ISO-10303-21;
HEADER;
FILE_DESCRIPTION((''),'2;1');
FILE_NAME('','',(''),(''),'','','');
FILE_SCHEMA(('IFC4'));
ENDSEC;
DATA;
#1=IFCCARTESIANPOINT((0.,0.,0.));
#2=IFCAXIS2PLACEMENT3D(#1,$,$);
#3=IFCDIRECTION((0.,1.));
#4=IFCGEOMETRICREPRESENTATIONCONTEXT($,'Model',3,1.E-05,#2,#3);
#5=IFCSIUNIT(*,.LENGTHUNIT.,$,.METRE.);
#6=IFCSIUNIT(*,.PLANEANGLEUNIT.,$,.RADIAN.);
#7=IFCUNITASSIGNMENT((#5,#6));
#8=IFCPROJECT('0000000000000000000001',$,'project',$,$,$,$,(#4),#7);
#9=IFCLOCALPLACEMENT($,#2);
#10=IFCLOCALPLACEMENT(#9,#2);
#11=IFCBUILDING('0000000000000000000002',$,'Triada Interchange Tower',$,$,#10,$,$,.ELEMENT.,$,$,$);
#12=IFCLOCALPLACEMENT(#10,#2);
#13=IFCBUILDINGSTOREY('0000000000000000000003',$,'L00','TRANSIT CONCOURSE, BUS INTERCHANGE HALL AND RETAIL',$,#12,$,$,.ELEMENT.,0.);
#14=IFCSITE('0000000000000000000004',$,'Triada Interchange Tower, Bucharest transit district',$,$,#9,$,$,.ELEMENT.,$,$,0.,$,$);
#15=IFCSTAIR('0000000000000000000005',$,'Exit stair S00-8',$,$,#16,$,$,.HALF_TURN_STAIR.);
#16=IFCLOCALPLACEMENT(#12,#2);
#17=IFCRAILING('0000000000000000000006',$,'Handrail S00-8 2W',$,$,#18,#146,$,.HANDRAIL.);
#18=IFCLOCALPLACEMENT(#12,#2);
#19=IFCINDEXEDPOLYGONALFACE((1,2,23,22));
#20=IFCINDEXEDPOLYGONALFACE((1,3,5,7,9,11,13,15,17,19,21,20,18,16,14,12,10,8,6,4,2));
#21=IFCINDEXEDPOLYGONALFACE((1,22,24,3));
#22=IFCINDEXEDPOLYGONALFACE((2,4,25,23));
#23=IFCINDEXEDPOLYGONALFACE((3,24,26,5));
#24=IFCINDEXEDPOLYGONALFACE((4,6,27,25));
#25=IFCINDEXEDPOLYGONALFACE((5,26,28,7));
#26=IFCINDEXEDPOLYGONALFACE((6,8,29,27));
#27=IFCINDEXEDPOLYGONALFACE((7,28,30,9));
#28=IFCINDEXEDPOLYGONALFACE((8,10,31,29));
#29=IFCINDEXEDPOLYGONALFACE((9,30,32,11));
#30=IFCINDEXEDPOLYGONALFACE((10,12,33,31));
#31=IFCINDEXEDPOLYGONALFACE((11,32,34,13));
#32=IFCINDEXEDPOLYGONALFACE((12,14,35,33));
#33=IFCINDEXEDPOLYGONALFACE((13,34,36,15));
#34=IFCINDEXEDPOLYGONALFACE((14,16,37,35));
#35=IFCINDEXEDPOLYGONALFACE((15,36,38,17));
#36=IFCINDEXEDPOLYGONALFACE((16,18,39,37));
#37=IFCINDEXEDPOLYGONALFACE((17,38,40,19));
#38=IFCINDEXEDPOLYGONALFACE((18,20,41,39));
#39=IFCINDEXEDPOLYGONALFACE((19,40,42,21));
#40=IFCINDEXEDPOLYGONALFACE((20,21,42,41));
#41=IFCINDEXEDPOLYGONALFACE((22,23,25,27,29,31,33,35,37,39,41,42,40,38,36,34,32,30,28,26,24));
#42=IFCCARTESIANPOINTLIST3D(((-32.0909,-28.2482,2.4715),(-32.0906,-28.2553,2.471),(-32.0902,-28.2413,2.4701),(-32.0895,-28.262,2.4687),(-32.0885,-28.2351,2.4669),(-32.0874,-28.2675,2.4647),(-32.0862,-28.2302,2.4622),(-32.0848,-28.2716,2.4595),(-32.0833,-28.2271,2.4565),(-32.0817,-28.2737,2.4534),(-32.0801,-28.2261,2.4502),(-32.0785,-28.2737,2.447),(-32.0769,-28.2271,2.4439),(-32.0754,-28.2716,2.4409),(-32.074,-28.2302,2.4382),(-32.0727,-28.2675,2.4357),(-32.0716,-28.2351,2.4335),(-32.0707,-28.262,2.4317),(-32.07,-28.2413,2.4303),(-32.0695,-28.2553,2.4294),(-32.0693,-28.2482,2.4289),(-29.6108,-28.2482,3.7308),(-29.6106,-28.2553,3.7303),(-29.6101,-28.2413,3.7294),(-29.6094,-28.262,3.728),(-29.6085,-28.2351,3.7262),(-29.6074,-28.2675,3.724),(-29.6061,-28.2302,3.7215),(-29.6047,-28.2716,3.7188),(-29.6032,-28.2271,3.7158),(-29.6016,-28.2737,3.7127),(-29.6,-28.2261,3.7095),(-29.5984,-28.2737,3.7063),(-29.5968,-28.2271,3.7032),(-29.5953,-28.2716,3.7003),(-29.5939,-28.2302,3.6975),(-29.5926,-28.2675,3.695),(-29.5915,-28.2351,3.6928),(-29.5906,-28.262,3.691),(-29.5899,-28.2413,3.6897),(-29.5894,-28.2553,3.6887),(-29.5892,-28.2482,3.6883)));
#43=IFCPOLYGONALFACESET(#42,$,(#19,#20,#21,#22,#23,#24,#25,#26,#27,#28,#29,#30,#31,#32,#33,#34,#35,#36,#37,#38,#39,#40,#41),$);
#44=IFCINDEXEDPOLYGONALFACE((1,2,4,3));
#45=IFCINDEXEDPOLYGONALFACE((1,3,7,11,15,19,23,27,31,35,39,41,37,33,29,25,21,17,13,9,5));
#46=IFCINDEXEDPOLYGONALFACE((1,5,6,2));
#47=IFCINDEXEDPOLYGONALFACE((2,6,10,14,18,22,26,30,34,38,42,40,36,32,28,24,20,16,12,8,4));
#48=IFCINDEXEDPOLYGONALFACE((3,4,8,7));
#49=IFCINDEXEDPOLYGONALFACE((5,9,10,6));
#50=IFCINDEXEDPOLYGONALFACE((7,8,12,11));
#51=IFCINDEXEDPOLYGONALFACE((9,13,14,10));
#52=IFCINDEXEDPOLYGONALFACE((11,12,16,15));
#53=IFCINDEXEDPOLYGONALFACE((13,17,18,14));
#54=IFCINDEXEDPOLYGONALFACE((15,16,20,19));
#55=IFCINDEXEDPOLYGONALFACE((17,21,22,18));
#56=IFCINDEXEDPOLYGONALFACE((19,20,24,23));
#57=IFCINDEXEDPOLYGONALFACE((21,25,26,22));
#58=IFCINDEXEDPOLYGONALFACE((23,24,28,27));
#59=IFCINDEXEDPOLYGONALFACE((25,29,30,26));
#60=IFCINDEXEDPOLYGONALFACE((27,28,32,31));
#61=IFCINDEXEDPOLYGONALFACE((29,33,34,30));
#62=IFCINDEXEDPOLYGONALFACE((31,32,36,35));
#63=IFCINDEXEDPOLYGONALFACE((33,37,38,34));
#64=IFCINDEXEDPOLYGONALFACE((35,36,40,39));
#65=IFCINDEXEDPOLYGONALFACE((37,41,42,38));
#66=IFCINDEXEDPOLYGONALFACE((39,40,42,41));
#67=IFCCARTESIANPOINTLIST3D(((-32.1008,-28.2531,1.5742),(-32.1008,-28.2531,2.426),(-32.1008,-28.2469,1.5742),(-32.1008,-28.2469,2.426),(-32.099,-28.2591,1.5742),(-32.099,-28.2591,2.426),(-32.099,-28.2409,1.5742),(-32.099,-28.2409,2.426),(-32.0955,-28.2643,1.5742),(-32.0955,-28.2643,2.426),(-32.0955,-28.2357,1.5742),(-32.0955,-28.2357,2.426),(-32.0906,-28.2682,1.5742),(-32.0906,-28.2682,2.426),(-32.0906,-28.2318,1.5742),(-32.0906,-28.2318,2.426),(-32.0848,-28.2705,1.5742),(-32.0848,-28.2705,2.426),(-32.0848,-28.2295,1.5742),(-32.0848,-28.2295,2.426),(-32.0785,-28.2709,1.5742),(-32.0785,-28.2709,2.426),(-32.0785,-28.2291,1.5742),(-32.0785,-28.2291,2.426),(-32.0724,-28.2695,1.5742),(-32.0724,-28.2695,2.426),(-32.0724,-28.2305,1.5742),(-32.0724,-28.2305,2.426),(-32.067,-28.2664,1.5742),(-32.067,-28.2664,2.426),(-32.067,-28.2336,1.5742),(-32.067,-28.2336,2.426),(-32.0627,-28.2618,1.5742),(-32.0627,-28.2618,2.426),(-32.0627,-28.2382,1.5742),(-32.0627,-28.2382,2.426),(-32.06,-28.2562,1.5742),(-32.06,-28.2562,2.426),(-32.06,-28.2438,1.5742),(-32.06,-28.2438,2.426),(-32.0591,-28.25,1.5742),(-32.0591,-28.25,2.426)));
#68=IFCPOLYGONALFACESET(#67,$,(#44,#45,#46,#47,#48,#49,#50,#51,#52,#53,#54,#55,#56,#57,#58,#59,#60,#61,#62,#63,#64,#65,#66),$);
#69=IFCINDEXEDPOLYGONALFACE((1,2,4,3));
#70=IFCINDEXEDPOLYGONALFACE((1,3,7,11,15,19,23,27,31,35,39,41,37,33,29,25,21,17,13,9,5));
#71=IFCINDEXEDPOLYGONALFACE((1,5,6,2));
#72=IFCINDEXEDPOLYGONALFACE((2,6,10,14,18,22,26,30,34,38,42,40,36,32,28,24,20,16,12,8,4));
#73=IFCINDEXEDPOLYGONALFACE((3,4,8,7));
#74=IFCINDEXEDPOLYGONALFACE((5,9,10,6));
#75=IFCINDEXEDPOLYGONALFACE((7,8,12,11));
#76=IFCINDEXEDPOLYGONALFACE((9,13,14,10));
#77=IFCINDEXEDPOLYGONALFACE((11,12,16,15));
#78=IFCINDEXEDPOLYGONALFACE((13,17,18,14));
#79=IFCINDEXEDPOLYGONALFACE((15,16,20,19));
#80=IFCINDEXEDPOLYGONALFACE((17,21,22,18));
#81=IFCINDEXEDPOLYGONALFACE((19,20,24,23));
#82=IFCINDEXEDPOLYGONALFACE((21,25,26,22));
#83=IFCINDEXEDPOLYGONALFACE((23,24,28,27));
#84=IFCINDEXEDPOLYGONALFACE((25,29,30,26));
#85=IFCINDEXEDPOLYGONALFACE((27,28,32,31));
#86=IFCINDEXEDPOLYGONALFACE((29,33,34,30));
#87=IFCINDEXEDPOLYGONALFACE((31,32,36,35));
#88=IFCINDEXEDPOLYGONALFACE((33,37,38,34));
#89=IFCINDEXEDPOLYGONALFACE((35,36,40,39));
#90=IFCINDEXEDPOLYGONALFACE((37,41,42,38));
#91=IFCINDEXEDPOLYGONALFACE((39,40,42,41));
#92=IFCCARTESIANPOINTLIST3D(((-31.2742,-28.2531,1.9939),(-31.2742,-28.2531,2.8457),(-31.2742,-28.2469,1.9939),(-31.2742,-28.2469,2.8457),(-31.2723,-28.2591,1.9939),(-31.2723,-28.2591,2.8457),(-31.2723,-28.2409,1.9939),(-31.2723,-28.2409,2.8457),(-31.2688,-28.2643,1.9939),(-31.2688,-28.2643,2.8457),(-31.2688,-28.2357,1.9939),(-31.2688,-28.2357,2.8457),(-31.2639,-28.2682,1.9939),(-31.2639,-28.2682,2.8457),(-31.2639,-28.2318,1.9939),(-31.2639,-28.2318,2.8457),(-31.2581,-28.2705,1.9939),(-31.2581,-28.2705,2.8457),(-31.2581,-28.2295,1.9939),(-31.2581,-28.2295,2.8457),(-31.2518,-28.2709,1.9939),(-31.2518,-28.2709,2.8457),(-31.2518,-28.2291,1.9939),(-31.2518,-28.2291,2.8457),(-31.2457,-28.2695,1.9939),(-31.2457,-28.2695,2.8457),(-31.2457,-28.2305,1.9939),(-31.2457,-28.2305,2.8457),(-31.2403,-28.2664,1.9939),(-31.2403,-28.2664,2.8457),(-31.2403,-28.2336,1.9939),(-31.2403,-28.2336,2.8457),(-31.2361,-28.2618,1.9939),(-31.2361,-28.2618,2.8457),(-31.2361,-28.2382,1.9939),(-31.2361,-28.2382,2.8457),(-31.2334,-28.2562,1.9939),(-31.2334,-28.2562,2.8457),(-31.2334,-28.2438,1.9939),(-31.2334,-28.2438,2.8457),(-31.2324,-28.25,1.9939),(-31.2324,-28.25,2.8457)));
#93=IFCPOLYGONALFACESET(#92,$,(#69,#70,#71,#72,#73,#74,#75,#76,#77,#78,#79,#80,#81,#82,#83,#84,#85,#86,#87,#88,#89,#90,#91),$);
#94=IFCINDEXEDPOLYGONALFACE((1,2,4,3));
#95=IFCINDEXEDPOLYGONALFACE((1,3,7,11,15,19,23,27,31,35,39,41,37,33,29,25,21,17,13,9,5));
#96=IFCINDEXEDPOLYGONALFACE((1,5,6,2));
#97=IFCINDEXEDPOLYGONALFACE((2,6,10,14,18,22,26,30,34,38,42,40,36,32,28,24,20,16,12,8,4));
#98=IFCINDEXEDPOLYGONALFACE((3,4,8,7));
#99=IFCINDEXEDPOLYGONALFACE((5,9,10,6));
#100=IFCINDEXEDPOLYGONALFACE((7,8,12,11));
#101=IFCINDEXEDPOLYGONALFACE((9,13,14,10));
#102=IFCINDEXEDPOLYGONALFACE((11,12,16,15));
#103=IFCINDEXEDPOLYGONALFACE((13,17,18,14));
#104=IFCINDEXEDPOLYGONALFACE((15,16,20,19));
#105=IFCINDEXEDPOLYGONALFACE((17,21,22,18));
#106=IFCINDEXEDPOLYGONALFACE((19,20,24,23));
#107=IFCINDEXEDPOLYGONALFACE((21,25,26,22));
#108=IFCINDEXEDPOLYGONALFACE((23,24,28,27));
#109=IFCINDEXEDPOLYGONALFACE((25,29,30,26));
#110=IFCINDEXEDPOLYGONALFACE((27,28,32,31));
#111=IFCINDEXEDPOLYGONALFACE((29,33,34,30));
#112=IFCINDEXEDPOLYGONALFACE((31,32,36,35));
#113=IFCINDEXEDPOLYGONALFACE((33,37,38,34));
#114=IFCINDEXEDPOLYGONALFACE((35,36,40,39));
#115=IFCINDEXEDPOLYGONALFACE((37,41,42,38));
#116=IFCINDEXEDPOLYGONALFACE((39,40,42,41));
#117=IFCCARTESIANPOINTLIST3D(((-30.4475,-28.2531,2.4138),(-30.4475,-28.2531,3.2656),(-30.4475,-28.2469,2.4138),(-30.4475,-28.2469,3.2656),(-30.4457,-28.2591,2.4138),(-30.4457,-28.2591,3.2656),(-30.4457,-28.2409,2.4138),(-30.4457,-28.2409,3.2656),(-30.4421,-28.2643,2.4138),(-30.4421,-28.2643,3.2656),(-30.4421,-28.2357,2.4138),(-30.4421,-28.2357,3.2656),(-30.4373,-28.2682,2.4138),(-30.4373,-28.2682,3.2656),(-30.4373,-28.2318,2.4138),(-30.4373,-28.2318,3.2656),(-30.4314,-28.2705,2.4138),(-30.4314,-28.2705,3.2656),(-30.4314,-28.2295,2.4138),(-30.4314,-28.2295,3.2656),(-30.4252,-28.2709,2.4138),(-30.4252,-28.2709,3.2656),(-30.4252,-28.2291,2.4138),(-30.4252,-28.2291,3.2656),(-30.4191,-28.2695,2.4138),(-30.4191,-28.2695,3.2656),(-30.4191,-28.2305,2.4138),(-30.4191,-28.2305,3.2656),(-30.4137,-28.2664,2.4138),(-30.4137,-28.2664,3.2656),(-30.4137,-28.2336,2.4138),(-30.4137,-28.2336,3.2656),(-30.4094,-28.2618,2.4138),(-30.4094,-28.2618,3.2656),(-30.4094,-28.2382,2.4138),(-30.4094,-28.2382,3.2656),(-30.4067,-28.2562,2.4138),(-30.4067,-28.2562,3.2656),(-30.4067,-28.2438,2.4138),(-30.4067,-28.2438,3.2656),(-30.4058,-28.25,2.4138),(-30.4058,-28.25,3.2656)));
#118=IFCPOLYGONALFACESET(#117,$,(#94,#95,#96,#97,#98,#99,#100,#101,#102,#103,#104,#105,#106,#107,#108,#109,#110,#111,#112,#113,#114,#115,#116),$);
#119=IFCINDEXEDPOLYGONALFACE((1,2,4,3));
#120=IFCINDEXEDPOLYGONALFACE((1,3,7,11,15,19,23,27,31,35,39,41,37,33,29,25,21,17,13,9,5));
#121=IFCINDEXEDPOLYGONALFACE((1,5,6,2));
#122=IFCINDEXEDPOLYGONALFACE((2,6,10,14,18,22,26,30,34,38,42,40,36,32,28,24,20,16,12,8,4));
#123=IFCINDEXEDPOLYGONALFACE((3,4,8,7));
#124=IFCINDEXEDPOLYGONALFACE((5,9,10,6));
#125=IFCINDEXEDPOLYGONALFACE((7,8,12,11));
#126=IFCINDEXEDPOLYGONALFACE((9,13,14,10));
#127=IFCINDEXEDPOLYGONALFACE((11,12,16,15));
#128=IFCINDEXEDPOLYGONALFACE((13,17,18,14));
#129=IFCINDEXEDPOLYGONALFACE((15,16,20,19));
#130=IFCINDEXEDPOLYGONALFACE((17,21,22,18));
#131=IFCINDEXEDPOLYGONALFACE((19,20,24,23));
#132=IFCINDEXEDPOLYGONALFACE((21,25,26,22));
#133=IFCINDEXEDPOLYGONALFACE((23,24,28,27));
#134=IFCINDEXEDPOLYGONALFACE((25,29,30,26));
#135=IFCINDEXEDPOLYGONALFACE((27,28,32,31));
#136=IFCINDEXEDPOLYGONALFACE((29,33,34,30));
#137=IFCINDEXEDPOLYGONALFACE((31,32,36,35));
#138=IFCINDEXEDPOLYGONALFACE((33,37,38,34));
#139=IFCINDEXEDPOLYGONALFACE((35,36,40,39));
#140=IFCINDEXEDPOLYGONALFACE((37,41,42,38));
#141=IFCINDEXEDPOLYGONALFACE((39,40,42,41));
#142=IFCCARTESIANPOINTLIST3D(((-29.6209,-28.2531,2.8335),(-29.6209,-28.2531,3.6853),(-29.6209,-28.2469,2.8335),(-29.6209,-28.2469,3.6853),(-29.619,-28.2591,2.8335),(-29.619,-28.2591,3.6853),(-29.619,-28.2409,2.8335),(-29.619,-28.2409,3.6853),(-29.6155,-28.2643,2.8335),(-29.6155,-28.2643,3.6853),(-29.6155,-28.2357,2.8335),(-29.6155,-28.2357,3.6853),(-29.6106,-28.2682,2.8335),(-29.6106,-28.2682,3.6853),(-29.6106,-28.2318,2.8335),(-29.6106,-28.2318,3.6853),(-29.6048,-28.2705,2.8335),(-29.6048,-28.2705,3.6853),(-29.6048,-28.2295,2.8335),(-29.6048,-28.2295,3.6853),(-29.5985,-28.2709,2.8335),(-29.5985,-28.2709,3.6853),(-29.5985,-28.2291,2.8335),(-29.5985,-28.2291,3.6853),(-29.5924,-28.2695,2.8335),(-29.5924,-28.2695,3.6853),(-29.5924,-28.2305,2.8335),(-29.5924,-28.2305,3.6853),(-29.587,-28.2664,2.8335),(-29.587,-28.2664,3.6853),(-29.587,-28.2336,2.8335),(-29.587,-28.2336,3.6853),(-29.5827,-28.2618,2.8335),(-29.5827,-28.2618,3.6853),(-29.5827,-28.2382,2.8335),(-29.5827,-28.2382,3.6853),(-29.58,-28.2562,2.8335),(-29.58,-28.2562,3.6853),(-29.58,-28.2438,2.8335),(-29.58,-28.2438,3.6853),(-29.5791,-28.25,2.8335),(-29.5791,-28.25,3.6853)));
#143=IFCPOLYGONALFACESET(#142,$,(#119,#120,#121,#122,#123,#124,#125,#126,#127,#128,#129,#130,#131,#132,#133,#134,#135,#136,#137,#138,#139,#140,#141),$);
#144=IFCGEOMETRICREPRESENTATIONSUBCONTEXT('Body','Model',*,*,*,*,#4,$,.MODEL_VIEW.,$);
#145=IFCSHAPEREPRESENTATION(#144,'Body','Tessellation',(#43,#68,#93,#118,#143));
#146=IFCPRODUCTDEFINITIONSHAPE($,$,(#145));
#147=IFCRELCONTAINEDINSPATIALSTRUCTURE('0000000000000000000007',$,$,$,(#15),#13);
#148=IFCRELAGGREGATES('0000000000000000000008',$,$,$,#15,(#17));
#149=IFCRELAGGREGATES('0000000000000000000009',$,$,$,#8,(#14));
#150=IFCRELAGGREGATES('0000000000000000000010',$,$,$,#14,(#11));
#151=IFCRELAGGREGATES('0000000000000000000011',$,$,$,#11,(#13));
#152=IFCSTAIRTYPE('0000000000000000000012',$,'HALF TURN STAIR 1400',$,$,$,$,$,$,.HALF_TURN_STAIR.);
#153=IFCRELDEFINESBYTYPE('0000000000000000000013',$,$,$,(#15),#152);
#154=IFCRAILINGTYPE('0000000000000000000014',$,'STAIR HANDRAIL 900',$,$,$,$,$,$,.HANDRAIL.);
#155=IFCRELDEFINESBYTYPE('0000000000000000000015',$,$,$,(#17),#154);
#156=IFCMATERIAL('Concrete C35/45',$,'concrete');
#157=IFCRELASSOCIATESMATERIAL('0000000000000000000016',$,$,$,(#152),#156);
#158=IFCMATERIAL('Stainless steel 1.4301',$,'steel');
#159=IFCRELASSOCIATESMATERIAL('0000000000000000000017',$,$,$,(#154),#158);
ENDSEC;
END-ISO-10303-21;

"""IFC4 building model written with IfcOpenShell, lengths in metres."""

from ifc_helpers import new_model, si_unit, direction, frame, origin, origin_2d, place, context, subcontext, project, spatial, circle, extrude, material, type_object, element, aggregate, save


model = new_model("IFC4")

# Units and contexts
model_context = context("Model", 3, precision=1e-05, world=origin(), true_north=direction((0.0, 1.0)))
body_context = subcontext(model_context, "Body", "Model", "MODEL_VIEW")
ifc_project = project(units=[si_unit("LENGTHUNIT", "METRE"), si_unit("PLANEANGLEUNIT", "RADIAN")], contexts=[model_context])

# Site, building, storey
site_placement = place(None, origin())
site = spatial("IfcSite", under=ifc_project, at=site_placement, Name="Triada Interchange Tower, Bucharest transit district", CompositionType="ELEMENT", RefElevation=0.0)
building_placement = place(site_placement, origin())
building = spatial("IfcBuilding", under=site, at=building_placement, Name="Triada Interchange Tower", CompositionType="ELEMENT")
storey_placement = place(building_placement, origin())
storey = spatial("IfcBuildingStorey", under=building, at=storey_placement, Name="L00", Description="TRANSIT CONCOURSE, BUS INTERCHANGE HALL AND RETAIL", CompositionType="ELEMENT", Elevation=0.0)

# Stair, railing
ifc_material_1 = material(Name="Concrete C35/45", Category="concrete")
stair_type = type_object("IfcStairType", Name="HALF TURN STAIR 1400", PredefinedType="HALF_TURN_STAIR", material=ifc_material_1)
stair_placement = place(storey_placement, origin())
stair = element("IfcStair", 1, at=stair_placement, inside=storey, type_object=stair_type, Name="Exit stair S00-8", PredefinedType="HALF_TURN_STAIR")
ifc_material_2 = material(Name="Stainless steel 1.4301", Category="steel")
railing_type = type_object("IfcRailingType", Name="STAIR HANDRAIL 900", PredefinedType="HANDRAIL", material=ifc_material_2)
railing_1_placement = place(storey_placement, frame((-32.0801, -28.25, 1.5742)))
railing_1 = element("IfcRailing", 2, at=railing_1_placement, type_object=railing_type, Name="Handrail S00-8 2W", PredefinedType="HANDRAIL", context=body_context, shape_type="SweptSolid", body=[
    extrude(circle(Radius=0.0239, at=origin_2d()), frame((0.0, 0.0, 0.876), z_axis=(0.891636, 0.0, 0.452752), x_axis=(0.0, 1.0, 0.0)), (0.0, 0.0, 1.0), 2.7815),
    extrude(circle(Radius=0.021, at=origin_2d()), origin(), (0.0, 0.0, 1.0), 0.8518),
    extrude(circle(Radius=0.021, at=origin_2d()), frame((0.8267, 0.0, 0.4197)), (0.0, 0.0, 1.0), 0.8518),
    extrude(circle(Radius=0.021, at=origin_2d()), frame((1.6533, 0.0, 0.8396)), (0.0, 0.0, 1.0), 0.8518),
    extrude(circle(Radius=0.021, at=origin_2d()), frame((2.48, 0.0, 1.2593)), (0.0, 0.0, 1.0), 0.8518),
])
aggregate(stair, [railing_1])

save(model, "model.ifc")
